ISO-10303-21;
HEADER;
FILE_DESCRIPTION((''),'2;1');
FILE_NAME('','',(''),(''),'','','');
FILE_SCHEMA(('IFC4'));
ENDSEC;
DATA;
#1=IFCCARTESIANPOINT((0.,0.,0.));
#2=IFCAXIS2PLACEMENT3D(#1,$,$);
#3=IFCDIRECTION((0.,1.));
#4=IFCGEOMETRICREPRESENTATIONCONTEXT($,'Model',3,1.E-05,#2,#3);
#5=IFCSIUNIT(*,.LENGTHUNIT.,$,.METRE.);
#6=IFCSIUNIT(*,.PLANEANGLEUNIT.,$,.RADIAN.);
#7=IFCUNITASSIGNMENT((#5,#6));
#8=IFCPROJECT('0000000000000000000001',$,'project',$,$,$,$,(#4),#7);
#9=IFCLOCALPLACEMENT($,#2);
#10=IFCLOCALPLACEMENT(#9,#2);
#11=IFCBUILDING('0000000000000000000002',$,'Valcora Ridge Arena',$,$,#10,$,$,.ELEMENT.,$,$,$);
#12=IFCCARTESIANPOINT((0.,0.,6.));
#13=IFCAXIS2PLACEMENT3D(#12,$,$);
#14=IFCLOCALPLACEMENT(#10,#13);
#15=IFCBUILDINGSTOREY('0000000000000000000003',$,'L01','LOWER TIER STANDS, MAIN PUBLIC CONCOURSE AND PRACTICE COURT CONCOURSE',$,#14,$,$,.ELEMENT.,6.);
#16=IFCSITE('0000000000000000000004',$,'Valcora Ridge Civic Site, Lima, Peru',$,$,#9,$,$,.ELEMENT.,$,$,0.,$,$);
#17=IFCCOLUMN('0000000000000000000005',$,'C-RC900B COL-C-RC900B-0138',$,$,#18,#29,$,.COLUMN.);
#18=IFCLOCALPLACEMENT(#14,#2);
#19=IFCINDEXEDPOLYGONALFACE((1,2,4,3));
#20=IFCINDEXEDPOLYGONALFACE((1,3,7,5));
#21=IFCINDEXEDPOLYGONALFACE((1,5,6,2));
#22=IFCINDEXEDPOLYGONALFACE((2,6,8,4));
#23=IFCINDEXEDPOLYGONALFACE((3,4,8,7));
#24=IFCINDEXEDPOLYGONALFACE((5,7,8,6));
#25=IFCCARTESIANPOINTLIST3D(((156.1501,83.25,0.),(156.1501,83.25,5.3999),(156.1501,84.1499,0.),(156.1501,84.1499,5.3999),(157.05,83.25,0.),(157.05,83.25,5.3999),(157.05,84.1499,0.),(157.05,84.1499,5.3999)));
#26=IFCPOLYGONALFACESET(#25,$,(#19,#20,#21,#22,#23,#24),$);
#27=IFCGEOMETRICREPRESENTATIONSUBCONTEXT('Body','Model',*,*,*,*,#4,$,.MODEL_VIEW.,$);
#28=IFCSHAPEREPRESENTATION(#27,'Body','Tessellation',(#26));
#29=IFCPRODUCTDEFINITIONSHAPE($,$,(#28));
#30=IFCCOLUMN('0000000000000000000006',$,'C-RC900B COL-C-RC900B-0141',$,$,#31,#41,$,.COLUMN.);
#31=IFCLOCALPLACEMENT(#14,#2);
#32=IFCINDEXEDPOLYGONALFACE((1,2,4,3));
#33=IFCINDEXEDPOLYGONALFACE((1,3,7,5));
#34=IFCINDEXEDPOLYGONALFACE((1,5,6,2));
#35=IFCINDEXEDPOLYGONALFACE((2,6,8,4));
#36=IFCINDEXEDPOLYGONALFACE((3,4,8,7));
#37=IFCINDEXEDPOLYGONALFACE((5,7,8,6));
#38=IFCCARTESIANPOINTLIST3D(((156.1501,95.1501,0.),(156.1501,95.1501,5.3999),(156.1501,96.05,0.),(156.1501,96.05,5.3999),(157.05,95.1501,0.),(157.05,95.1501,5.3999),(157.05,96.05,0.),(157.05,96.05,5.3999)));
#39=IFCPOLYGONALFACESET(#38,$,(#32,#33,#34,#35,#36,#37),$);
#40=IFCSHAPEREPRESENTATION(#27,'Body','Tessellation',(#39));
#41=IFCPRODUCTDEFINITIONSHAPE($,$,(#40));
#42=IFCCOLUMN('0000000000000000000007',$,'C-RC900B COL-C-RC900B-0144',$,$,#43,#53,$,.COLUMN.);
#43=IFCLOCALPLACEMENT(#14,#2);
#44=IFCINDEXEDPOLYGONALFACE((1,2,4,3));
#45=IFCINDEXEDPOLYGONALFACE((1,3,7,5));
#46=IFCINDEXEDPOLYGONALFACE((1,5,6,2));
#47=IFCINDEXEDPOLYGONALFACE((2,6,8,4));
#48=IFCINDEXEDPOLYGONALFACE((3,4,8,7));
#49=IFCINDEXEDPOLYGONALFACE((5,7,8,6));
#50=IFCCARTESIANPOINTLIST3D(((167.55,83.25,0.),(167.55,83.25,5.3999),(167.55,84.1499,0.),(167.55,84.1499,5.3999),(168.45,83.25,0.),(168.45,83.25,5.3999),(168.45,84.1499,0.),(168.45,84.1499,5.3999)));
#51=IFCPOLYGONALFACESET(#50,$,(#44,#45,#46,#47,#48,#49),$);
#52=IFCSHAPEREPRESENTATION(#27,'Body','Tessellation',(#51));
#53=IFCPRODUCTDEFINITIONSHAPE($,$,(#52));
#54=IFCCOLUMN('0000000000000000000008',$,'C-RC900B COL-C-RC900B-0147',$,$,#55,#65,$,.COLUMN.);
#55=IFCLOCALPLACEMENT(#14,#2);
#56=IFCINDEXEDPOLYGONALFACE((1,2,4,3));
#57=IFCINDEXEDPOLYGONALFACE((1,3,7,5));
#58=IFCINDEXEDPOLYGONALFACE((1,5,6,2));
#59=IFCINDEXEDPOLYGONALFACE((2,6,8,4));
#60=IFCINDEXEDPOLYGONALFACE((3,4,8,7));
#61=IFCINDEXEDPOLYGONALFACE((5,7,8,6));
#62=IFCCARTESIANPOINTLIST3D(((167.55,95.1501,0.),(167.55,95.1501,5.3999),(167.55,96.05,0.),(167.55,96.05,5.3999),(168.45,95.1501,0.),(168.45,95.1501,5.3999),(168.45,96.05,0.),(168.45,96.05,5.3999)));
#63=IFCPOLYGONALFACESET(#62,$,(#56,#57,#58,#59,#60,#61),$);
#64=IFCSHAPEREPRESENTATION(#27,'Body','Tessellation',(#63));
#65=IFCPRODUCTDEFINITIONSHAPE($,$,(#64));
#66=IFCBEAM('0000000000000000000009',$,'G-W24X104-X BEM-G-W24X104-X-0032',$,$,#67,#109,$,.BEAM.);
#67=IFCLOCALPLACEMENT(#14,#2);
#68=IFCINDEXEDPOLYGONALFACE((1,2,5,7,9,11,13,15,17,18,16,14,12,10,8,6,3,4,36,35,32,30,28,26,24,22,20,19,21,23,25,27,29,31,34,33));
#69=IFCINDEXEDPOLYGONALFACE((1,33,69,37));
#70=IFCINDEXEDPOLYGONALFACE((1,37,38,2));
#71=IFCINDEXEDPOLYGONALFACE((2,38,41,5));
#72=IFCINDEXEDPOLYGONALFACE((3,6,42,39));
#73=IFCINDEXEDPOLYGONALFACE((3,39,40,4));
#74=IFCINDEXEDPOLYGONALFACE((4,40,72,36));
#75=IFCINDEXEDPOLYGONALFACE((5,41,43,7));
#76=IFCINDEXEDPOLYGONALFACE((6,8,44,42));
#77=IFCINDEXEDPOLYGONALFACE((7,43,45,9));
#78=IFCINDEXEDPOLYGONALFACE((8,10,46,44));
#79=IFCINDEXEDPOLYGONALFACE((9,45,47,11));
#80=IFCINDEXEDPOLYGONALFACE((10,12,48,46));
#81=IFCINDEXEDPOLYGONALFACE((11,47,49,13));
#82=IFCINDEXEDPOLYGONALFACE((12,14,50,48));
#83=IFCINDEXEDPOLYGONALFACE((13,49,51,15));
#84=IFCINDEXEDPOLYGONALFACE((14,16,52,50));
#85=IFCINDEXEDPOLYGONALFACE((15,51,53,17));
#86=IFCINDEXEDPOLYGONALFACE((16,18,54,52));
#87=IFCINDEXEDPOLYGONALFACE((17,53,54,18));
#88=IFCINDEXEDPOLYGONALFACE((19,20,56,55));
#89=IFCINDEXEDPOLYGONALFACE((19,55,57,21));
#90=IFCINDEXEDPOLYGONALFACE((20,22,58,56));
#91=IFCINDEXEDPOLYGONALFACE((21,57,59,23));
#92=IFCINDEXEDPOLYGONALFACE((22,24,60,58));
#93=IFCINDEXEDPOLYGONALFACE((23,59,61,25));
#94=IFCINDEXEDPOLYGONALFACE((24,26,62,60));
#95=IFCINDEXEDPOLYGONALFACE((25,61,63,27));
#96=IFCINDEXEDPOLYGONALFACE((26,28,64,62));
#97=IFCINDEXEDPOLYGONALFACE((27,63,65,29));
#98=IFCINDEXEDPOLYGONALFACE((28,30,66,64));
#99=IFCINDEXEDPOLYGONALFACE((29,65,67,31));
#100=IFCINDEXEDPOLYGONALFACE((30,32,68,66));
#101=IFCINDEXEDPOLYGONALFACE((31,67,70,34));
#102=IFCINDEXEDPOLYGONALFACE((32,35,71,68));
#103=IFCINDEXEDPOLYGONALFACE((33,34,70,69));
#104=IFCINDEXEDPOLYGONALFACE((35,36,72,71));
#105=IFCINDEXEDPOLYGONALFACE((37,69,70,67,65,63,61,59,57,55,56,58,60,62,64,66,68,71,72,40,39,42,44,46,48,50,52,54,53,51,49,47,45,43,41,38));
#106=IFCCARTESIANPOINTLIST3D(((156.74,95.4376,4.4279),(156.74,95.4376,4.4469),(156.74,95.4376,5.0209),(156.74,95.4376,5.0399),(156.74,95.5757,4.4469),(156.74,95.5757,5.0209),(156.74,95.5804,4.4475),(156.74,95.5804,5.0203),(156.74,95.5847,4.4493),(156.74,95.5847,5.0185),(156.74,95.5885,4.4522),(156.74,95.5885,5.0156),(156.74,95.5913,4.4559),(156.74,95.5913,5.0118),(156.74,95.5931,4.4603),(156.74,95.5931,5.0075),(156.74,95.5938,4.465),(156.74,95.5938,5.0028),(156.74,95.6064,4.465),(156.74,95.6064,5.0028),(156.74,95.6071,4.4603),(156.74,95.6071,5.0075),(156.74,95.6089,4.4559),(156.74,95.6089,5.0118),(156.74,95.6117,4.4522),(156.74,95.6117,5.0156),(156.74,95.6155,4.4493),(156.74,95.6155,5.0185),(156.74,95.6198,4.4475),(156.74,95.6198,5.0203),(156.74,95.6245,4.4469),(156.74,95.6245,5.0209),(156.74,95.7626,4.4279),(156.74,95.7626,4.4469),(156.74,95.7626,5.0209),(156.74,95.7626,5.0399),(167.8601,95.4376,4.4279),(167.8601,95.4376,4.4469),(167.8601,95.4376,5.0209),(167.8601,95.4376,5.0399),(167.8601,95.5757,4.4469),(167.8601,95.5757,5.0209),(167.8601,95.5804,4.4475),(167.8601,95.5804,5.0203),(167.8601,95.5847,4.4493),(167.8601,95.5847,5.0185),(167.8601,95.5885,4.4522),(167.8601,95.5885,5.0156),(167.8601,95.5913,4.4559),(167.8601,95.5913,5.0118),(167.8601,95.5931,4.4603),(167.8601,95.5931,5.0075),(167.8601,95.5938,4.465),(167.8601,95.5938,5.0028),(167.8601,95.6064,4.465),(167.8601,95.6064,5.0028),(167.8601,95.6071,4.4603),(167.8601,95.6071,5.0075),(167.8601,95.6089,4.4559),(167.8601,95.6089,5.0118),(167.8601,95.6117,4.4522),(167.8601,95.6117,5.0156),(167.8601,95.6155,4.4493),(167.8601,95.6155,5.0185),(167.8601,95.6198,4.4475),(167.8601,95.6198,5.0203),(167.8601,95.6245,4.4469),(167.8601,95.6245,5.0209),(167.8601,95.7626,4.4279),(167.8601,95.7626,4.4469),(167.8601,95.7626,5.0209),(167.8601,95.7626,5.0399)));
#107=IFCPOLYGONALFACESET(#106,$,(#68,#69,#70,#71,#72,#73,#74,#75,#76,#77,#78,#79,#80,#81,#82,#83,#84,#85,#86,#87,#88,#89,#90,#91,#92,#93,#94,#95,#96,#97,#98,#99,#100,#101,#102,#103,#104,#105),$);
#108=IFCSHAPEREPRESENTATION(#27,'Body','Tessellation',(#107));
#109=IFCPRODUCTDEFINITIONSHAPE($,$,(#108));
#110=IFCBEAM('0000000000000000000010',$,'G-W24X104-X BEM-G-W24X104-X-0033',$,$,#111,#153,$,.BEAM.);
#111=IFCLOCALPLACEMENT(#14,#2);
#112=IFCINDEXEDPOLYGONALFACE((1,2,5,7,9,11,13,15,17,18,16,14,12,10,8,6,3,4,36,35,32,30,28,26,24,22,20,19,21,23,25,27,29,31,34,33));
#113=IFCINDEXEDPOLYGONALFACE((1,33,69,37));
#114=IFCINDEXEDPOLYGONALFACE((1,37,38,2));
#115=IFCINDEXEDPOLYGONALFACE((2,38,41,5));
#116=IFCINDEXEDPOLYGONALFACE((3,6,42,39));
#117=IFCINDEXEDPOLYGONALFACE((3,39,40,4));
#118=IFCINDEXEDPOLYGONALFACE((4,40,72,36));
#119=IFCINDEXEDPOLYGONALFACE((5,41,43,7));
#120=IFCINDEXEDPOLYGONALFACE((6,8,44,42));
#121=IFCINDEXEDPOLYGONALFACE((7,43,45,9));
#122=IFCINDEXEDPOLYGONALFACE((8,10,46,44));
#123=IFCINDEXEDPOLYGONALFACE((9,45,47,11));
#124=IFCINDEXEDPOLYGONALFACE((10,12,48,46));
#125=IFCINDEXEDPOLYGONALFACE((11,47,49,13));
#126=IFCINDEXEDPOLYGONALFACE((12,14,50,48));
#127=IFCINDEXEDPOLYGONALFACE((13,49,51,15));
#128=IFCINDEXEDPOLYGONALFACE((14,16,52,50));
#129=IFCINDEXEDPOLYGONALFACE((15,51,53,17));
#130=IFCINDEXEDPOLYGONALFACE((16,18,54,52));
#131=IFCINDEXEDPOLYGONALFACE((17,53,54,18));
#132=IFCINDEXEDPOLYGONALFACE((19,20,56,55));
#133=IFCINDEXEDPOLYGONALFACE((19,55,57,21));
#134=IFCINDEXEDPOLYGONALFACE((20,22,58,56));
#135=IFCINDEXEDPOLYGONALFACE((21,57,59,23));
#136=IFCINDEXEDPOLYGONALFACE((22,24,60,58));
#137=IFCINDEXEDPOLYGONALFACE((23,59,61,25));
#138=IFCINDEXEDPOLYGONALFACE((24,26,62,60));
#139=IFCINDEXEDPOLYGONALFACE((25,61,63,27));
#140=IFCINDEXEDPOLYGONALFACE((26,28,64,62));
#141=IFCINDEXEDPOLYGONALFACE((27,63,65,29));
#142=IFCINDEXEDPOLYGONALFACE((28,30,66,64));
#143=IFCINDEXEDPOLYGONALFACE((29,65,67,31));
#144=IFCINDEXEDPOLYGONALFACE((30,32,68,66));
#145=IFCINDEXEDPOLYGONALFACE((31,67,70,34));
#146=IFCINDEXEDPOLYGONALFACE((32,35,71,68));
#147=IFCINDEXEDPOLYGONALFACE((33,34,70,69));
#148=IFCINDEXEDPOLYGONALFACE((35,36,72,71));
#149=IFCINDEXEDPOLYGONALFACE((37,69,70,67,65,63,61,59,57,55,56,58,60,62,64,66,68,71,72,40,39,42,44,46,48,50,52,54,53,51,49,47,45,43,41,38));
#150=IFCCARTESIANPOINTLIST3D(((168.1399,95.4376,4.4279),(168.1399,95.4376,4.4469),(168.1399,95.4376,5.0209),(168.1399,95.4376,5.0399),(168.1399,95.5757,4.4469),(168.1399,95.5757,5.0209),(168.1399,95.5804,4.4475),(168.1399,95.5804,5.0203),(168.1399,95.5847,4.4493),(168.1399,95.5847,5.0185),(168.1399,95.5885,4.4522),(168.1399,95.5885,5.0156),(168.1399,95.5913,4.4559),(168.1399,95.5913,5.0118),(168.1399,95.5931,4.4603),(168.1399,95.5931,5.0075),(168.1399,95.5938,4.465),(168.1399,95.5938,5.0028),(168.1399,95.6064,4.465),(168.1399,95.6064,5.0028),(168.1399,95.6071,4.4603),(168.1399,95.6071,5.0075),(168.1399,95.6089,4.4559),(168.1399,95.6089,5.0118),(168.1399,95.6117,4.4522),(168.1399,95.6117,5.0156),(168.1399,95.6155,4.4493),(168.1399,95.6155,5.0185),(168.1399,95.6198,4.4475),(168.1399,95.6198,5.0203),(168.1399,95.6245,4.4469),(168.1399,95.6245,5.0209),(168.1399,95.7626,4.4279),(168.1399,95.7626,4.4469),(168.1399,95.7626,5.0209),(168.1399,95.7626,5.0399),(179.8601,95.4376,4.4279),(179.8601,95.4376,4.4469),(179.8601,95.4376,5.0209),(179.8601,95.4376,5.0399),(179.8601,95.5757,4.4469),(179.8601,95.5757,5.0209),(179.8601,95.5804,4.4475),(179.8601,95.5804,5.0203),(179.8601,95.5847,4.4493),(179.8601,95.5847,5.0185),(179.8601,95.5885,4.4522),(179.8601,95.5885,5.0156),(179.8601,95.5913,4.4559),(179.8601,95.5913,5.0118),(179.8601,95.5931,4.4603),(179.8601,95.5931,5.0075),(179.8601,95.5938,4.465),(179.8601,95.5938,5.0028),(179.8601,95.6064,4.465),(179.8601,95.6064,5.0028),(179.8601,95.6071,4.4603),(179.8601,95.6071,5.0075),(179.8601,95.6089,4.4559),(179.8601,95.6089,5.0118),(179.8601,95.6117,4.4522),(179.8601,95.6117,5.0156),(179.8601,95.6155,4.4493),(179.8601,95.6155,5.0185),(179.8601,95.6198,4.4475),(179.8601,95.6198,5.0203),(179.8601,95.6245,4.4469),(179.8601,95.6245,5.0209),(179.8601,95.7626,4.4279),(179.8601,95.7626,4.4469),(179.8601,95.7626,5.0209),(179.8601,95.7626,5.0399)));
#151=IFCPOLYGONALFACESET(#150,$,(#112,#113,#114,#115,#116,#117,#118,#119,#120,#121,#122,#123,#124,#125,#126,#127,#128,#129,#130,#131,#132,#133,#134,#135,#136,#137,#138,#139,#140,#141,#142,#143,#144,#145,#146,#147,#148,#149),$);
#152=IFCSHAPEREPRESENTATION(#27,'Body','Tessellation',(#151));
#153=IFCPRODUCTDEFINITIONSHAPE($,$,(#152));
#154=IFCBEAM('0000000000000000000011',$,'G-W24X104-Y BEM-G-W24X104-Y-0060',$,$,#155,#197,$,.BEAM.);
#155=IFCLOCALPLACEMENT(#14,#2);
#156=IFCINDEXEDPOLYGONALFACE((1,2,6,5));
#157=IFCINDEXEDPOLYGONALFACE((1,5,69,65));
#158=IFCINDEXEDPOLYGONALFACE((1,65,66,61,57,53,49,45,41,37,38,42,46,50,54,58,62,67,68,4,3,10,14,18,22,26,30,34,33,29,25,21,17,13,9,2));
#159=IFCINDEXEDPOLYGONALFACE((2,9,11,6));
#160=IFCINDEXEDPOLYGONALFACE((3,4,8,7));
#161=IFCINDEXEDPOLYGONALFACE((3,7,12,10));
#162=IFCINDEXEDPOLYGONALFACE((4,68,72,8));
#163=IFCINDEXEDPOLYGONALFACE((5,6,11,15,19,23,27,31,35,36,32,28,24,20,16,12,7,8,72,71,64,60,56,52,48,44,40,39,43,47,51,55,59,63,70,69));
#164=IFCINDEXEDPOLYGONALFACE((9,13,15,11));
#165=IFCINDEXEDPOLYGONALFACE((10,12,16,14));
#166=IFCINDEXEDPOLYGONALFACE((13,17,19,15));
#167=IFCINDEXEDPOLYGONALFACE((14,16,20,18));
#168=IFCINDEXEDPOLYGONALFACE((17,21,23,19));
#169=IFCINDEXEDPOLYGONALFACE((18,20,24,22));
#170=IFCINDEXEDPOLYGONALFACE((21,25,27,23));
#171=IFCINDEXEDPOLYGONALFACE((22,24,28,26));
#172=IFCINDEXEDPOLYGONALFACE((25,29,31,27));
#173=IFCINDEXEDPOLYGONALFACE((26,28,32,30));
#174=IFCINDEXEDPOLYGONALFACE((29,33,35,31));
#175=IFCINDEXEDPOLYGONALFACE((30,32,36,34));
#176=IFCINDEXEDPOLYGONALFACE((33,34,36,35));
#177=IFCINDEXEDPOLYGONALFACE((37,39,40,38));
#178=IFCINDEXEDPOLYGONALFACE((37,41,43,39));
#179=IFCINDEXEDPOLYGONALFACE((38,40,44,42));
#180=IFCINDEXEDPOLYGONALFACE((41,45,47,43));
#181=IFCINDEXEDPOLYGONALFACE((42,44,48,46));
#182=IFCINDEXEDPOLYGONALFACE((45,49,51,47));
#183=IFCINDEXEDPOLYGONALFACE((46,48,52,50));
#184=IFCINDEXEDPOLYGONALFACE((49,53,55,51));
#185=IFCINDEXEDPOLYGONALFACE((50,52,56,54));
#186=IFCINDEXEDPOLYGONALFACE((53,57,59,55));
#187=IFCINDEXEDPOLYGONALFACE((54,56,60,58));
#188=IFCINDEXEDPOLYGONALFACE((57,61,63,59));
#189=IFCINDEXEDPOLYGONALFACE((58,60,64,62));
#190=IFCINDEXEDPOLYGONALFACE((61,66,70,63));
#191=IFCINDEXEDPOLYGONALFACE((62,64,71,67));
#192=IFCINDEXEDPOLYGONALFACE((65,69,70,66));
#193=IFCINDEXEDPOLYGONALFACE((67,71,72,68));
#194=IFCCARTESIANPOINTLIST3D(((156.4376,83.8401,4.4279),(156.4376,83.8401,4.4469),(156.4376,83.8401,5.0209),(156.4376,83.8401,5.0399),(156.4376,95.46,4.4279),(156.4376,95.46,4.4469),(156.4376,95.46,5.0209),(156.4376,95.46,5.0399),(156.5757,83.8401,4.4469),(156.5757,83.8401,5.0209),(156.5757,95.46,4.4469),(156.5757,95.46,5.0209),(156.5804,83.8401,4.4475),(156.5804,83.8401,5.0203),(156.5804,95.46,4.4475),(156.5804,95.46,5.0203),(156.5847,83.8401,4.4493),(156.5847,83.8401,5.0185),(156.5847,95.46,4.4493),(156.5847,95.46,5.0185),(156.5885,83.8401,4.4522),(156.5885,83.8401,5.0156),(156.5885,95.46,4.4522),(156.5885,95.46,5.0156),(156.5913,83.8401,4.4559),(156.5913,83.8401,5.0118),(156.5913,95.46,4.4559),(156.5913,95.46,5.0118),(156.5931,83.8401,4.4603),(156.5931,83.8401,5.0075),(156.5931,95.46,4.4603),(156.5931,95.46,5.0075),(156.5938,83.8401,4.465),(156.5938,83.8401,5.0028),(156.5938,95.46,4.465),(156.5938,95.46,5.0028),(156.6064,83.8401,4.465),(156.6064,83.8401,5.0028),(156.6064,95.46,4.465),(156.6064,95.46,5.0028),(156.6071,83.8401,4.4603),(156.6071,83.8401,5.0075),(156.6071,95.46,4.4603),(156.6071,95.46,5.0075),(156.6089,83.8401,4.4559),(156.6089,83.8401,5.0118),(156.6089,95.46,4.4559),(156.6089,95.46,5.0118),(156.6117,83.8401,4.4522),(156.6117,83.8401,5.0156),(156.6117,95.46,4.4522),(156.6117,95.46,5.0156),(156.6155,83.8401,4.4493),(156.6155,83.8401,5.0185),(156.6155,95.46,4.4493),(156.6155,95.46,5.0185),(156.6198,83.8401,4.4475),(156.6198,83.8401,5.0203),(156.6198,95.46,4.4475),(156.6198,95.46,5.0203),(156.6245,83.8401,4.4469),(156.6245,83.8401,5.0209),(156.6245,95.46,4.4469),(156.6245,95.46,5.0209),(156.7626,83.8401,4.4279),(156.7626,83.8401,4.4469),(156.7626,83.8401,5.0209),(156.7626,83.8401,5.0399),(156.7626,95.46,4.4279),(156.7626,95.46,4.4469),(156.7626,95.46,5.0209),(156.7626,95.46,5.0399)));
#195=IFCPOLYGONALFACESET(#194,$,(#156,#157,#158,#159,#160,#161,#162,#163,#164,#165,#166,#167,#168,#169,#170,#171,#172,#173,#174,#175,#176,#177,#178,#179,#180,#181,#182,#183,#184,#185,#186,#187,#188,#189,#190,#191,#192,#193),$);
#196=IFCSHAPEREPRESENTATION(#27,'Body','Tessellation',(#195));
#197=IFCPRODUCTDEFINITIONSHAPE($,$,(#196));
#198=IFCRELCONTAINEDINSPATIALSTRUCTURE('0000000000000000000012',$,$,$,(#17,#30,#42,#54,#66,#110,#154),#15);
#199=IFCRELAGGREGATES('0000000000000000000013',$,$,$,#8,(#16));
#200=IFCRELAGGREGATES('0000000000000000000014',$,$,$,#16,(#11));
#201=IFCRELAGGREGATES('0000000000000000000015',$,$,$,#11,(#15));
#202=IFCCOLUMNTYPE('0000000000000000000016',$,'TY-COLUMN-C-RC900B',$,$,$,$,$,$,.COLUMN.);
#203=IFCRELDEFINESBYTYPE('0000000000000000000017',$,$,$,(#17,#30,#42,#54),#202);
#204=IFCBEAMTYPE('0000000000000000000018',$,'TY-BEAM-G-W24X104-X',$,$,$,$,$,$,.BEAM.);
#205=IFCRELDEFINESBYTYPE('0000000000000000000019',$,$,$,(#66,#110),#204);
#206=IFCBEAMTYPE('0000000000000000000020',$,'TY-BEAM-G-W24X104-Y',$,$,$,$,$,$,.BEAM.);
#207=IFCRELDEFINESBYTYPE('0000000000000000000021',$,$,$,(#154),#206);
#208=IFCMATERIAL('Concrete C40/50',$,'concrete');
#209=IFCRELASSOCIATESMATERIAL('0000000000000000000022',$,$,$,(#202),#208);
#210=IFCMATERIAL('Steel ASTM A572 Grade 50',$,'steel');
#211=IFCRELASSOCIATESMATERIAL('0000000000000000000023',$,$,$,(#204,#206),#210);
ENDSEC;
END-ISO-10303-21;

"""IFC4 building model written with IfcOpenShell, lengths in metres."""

from ifc_helpers import new_model, si_unit, direction, frame, origin, origin_2d, place, context, subcontext, project, spatial, rectangle, i_section, extrude, material, material_profile, profile_set, type_object, element, save


model = new_model("IFC4")

# Units and contexts
model_context = context("Model", 3, precision=1e-05, world=origin(), true_north=direction((0.0, 1.0)))
body_context = subcontext(model_context, "Body", "Model", "MODEL_VIEW")
ifc_project = project(units=[si_unit("LENGTHUNIT", "METRE"), si_unit("PLANEANGLEUNIT", "RADIAN")], contexts=[model_context])

# Site, building, storey
site_placement = place(None, origin())
site = spatial("IfcSite", under=ifc_project, at=site_placement, Name="Valcora Ridge Civic Site, Lima, Peru", CompositionType="ELEMENT", RefElevation=0.0)
building_placement = place(site_placement, origin())
building = spatial("IfcBuilding", under=site, at=building_placement, Name="Valcora Ridge Arena", CompositionType="ELEMENT")
storey_placement = place(building_placement, frame((0.0, 0.0, 6.0)))
storey = spatial("IfcBuildingStorey", under=building, at=storey_placement, Name="L01", Description="LOWER TIER STANDS, MAIN PUBLIC CONCOURSE AND PRACTICE COURT CONCOURSE", CompositionType="ELEMENT", Elevation=6.0)

# Columns
ifc_material_1 = material(Name="Concrete C40/50", Category="concrete")
ifc_material_profile_1 = material_profile(ifc_material_1, rectangle(XDim=0.8999, YDim=0.8999, at=origin_2d()), Name="RC 900x900")
ifc_profile_set_1 = profile_set([ifc_material_profile_1], Name="Concrete C40/50")
column_type = type_object("IfcColumnType", Name="TY-COLUMN-C-RC900B", PredefinedType="COLUMN", material=ifc_profile_set_1)
for number, where, z_axis, x_axis, name in (
    (1, (156.6001, 83.7, 0.0), (0.0, 0.0, 1.0), (1.0, 0.0, 0.0), "C-RC900B COL-C-RC900B-0138"),
    (2, (156.6001, 95.6001, 0.0), (0.0, 0.0, 1.0), (1.0, 0.0, 0.0), "C-RC900B COL-C-RC900B-0141"),
    (3, (168.0, 83.7, 0.0), (0.0, 0.0, 1.0), (1.0, 0.0, 0.0), "C-RC900B COL-C-RC900B-0144"),
    (4, (168.0, 95.6001, 0.0), (0.0, 0.0, 1.0), (1.0, 0.0, 0.0), "C-RC900B COL-C-RC900B-0147"),
):
    element("IfcColumn", number, at=place(storey_placement, frame(where, z_axis=z_axis, x_axis=x_axis)), inside=storey, type_object=column_type, Name=name, PredefinedType="COLUMN", context=body_context, shape_type="SweptSolid", body=[
        extrude(rectangle(XDim=0.8999, YDim=0.8999, at=origin_2d()), origin(), (0.0, 0.0, 1.0), 5.3999),
    ])

# Beams
ifc_material_2 = material(Name="Steel ASTM A572 Grade 50", Category="steel")
ifc_material_profile_2 = material_profile(ifc_material_2, i_section(OverallWidth=0.325, OverallDepth=0.6121, WebThickness=0.0127, FlangeThickness=0.019, FilletRadius=0.0181, at=origin_2d()), Name="W24X104")
ifc_profile_set_2 = profile_set([ifc_material_profile_2], Name="Steel ASTM A572 Grade 50")
beam_type_1 = type_object("IfcBeamType", Name="TY-BEAM-G-W24X104-X", PredefinedType="BEAM", material=ifc_profile_set_2)
beam_1_placement = place(storey_placement, frame((156.74, 95.6001, 4.7339), z_axis=(1.0, 0.0, 0.0), x_axis=(0.0, 1.0, 0.0)))
element("IfcBeam", 5, at=beam_1_placement, inside=storey, type_object=beam_type_1, Name="G-W24X104-X BEM-G-W24X104-X-0032", PredefinedType="BEAM", context=body_context, shape_type="SweptSolid", body=[
    extrude(i_section(OverallWidth=0.325, OverallDepth=0.6121, WebThickness=0.0127, FlangeThickness=0.019, FilletRadius=0.0181, at=origin_2d()), origin(), (0.0, 0.0, 1.0), 11.1201),
])
beam_2_placement = place(storey_placement, frame((168.1399, 95.6001, 4.7339), z_axis=(1.0, 0.0, 0.0), x_axis=(0.0, 1.0, 0.0)))
element("IfcBeam", 6, at=beam_2_placement, inside=storey, type_object=beam_type_1, Name="G-W24X104-X BEM-G-W24X104-X-0033", PredefinedType="BEAM", context=body_context, shape_type="SweptSolid", body=[
    extrude(i_section(OverallWidth=0.325, OverallDepth=0.6121, WebThickness=0.0127, FlangeThickness=0.019, FilletRadius=0.0181, at=origin_2d()), origin(), (0.0, 0.0, 1.0), 11.7202),
])
ifc_material_profile_3 = material_profile(ifc_material_2, i_section(OverallWidth=0.325, OverallDepth=0.6121, WebThickness=0.0127, FlangeThickness=0.019, FilletRadius=0.0181, at=origin_2d()), Name="W24X104")
ifc_profile_set_3 = profile_set([ifc_material_profile_3], Name="Steel ASTM A572 Grade 50")
beam_type_2 = type_object("IfcBeamType", Name="TY-BEAM-G-W24X104-Y", PredefinedType="BEAM", material=ifc_profile_set_3)
for number, where, z_axis, x_axis, name in (
    (7, (156.6001, 83.8401, 4.7339), (0.0, 1.0, 0.0), (-1.0, 0.0, 0.0), "G-W24X104-Y BEM-G-W24X104-Y-0060"),
):
    element("IfcBeam", number, at=place(storey_placement, frame(where, z_axis=z_axis, x_axis=x_axis)), inside=storey, type_object=beam_type_2, Name=name, PredefinedType="BEAM", context=body_context, shape_type="SweptSolid", body=[
        extrude(i_section(OverallWidth=0.325, OverallDepth=0.6121, WebThickness=0.0127, FlangeThickness=0.019, FilletRadius=0.0181, at=origin_2d()), origin(), (0.0, 0.0, 1.0), 11.6199),
    ])

save(model, "model.ifc")
